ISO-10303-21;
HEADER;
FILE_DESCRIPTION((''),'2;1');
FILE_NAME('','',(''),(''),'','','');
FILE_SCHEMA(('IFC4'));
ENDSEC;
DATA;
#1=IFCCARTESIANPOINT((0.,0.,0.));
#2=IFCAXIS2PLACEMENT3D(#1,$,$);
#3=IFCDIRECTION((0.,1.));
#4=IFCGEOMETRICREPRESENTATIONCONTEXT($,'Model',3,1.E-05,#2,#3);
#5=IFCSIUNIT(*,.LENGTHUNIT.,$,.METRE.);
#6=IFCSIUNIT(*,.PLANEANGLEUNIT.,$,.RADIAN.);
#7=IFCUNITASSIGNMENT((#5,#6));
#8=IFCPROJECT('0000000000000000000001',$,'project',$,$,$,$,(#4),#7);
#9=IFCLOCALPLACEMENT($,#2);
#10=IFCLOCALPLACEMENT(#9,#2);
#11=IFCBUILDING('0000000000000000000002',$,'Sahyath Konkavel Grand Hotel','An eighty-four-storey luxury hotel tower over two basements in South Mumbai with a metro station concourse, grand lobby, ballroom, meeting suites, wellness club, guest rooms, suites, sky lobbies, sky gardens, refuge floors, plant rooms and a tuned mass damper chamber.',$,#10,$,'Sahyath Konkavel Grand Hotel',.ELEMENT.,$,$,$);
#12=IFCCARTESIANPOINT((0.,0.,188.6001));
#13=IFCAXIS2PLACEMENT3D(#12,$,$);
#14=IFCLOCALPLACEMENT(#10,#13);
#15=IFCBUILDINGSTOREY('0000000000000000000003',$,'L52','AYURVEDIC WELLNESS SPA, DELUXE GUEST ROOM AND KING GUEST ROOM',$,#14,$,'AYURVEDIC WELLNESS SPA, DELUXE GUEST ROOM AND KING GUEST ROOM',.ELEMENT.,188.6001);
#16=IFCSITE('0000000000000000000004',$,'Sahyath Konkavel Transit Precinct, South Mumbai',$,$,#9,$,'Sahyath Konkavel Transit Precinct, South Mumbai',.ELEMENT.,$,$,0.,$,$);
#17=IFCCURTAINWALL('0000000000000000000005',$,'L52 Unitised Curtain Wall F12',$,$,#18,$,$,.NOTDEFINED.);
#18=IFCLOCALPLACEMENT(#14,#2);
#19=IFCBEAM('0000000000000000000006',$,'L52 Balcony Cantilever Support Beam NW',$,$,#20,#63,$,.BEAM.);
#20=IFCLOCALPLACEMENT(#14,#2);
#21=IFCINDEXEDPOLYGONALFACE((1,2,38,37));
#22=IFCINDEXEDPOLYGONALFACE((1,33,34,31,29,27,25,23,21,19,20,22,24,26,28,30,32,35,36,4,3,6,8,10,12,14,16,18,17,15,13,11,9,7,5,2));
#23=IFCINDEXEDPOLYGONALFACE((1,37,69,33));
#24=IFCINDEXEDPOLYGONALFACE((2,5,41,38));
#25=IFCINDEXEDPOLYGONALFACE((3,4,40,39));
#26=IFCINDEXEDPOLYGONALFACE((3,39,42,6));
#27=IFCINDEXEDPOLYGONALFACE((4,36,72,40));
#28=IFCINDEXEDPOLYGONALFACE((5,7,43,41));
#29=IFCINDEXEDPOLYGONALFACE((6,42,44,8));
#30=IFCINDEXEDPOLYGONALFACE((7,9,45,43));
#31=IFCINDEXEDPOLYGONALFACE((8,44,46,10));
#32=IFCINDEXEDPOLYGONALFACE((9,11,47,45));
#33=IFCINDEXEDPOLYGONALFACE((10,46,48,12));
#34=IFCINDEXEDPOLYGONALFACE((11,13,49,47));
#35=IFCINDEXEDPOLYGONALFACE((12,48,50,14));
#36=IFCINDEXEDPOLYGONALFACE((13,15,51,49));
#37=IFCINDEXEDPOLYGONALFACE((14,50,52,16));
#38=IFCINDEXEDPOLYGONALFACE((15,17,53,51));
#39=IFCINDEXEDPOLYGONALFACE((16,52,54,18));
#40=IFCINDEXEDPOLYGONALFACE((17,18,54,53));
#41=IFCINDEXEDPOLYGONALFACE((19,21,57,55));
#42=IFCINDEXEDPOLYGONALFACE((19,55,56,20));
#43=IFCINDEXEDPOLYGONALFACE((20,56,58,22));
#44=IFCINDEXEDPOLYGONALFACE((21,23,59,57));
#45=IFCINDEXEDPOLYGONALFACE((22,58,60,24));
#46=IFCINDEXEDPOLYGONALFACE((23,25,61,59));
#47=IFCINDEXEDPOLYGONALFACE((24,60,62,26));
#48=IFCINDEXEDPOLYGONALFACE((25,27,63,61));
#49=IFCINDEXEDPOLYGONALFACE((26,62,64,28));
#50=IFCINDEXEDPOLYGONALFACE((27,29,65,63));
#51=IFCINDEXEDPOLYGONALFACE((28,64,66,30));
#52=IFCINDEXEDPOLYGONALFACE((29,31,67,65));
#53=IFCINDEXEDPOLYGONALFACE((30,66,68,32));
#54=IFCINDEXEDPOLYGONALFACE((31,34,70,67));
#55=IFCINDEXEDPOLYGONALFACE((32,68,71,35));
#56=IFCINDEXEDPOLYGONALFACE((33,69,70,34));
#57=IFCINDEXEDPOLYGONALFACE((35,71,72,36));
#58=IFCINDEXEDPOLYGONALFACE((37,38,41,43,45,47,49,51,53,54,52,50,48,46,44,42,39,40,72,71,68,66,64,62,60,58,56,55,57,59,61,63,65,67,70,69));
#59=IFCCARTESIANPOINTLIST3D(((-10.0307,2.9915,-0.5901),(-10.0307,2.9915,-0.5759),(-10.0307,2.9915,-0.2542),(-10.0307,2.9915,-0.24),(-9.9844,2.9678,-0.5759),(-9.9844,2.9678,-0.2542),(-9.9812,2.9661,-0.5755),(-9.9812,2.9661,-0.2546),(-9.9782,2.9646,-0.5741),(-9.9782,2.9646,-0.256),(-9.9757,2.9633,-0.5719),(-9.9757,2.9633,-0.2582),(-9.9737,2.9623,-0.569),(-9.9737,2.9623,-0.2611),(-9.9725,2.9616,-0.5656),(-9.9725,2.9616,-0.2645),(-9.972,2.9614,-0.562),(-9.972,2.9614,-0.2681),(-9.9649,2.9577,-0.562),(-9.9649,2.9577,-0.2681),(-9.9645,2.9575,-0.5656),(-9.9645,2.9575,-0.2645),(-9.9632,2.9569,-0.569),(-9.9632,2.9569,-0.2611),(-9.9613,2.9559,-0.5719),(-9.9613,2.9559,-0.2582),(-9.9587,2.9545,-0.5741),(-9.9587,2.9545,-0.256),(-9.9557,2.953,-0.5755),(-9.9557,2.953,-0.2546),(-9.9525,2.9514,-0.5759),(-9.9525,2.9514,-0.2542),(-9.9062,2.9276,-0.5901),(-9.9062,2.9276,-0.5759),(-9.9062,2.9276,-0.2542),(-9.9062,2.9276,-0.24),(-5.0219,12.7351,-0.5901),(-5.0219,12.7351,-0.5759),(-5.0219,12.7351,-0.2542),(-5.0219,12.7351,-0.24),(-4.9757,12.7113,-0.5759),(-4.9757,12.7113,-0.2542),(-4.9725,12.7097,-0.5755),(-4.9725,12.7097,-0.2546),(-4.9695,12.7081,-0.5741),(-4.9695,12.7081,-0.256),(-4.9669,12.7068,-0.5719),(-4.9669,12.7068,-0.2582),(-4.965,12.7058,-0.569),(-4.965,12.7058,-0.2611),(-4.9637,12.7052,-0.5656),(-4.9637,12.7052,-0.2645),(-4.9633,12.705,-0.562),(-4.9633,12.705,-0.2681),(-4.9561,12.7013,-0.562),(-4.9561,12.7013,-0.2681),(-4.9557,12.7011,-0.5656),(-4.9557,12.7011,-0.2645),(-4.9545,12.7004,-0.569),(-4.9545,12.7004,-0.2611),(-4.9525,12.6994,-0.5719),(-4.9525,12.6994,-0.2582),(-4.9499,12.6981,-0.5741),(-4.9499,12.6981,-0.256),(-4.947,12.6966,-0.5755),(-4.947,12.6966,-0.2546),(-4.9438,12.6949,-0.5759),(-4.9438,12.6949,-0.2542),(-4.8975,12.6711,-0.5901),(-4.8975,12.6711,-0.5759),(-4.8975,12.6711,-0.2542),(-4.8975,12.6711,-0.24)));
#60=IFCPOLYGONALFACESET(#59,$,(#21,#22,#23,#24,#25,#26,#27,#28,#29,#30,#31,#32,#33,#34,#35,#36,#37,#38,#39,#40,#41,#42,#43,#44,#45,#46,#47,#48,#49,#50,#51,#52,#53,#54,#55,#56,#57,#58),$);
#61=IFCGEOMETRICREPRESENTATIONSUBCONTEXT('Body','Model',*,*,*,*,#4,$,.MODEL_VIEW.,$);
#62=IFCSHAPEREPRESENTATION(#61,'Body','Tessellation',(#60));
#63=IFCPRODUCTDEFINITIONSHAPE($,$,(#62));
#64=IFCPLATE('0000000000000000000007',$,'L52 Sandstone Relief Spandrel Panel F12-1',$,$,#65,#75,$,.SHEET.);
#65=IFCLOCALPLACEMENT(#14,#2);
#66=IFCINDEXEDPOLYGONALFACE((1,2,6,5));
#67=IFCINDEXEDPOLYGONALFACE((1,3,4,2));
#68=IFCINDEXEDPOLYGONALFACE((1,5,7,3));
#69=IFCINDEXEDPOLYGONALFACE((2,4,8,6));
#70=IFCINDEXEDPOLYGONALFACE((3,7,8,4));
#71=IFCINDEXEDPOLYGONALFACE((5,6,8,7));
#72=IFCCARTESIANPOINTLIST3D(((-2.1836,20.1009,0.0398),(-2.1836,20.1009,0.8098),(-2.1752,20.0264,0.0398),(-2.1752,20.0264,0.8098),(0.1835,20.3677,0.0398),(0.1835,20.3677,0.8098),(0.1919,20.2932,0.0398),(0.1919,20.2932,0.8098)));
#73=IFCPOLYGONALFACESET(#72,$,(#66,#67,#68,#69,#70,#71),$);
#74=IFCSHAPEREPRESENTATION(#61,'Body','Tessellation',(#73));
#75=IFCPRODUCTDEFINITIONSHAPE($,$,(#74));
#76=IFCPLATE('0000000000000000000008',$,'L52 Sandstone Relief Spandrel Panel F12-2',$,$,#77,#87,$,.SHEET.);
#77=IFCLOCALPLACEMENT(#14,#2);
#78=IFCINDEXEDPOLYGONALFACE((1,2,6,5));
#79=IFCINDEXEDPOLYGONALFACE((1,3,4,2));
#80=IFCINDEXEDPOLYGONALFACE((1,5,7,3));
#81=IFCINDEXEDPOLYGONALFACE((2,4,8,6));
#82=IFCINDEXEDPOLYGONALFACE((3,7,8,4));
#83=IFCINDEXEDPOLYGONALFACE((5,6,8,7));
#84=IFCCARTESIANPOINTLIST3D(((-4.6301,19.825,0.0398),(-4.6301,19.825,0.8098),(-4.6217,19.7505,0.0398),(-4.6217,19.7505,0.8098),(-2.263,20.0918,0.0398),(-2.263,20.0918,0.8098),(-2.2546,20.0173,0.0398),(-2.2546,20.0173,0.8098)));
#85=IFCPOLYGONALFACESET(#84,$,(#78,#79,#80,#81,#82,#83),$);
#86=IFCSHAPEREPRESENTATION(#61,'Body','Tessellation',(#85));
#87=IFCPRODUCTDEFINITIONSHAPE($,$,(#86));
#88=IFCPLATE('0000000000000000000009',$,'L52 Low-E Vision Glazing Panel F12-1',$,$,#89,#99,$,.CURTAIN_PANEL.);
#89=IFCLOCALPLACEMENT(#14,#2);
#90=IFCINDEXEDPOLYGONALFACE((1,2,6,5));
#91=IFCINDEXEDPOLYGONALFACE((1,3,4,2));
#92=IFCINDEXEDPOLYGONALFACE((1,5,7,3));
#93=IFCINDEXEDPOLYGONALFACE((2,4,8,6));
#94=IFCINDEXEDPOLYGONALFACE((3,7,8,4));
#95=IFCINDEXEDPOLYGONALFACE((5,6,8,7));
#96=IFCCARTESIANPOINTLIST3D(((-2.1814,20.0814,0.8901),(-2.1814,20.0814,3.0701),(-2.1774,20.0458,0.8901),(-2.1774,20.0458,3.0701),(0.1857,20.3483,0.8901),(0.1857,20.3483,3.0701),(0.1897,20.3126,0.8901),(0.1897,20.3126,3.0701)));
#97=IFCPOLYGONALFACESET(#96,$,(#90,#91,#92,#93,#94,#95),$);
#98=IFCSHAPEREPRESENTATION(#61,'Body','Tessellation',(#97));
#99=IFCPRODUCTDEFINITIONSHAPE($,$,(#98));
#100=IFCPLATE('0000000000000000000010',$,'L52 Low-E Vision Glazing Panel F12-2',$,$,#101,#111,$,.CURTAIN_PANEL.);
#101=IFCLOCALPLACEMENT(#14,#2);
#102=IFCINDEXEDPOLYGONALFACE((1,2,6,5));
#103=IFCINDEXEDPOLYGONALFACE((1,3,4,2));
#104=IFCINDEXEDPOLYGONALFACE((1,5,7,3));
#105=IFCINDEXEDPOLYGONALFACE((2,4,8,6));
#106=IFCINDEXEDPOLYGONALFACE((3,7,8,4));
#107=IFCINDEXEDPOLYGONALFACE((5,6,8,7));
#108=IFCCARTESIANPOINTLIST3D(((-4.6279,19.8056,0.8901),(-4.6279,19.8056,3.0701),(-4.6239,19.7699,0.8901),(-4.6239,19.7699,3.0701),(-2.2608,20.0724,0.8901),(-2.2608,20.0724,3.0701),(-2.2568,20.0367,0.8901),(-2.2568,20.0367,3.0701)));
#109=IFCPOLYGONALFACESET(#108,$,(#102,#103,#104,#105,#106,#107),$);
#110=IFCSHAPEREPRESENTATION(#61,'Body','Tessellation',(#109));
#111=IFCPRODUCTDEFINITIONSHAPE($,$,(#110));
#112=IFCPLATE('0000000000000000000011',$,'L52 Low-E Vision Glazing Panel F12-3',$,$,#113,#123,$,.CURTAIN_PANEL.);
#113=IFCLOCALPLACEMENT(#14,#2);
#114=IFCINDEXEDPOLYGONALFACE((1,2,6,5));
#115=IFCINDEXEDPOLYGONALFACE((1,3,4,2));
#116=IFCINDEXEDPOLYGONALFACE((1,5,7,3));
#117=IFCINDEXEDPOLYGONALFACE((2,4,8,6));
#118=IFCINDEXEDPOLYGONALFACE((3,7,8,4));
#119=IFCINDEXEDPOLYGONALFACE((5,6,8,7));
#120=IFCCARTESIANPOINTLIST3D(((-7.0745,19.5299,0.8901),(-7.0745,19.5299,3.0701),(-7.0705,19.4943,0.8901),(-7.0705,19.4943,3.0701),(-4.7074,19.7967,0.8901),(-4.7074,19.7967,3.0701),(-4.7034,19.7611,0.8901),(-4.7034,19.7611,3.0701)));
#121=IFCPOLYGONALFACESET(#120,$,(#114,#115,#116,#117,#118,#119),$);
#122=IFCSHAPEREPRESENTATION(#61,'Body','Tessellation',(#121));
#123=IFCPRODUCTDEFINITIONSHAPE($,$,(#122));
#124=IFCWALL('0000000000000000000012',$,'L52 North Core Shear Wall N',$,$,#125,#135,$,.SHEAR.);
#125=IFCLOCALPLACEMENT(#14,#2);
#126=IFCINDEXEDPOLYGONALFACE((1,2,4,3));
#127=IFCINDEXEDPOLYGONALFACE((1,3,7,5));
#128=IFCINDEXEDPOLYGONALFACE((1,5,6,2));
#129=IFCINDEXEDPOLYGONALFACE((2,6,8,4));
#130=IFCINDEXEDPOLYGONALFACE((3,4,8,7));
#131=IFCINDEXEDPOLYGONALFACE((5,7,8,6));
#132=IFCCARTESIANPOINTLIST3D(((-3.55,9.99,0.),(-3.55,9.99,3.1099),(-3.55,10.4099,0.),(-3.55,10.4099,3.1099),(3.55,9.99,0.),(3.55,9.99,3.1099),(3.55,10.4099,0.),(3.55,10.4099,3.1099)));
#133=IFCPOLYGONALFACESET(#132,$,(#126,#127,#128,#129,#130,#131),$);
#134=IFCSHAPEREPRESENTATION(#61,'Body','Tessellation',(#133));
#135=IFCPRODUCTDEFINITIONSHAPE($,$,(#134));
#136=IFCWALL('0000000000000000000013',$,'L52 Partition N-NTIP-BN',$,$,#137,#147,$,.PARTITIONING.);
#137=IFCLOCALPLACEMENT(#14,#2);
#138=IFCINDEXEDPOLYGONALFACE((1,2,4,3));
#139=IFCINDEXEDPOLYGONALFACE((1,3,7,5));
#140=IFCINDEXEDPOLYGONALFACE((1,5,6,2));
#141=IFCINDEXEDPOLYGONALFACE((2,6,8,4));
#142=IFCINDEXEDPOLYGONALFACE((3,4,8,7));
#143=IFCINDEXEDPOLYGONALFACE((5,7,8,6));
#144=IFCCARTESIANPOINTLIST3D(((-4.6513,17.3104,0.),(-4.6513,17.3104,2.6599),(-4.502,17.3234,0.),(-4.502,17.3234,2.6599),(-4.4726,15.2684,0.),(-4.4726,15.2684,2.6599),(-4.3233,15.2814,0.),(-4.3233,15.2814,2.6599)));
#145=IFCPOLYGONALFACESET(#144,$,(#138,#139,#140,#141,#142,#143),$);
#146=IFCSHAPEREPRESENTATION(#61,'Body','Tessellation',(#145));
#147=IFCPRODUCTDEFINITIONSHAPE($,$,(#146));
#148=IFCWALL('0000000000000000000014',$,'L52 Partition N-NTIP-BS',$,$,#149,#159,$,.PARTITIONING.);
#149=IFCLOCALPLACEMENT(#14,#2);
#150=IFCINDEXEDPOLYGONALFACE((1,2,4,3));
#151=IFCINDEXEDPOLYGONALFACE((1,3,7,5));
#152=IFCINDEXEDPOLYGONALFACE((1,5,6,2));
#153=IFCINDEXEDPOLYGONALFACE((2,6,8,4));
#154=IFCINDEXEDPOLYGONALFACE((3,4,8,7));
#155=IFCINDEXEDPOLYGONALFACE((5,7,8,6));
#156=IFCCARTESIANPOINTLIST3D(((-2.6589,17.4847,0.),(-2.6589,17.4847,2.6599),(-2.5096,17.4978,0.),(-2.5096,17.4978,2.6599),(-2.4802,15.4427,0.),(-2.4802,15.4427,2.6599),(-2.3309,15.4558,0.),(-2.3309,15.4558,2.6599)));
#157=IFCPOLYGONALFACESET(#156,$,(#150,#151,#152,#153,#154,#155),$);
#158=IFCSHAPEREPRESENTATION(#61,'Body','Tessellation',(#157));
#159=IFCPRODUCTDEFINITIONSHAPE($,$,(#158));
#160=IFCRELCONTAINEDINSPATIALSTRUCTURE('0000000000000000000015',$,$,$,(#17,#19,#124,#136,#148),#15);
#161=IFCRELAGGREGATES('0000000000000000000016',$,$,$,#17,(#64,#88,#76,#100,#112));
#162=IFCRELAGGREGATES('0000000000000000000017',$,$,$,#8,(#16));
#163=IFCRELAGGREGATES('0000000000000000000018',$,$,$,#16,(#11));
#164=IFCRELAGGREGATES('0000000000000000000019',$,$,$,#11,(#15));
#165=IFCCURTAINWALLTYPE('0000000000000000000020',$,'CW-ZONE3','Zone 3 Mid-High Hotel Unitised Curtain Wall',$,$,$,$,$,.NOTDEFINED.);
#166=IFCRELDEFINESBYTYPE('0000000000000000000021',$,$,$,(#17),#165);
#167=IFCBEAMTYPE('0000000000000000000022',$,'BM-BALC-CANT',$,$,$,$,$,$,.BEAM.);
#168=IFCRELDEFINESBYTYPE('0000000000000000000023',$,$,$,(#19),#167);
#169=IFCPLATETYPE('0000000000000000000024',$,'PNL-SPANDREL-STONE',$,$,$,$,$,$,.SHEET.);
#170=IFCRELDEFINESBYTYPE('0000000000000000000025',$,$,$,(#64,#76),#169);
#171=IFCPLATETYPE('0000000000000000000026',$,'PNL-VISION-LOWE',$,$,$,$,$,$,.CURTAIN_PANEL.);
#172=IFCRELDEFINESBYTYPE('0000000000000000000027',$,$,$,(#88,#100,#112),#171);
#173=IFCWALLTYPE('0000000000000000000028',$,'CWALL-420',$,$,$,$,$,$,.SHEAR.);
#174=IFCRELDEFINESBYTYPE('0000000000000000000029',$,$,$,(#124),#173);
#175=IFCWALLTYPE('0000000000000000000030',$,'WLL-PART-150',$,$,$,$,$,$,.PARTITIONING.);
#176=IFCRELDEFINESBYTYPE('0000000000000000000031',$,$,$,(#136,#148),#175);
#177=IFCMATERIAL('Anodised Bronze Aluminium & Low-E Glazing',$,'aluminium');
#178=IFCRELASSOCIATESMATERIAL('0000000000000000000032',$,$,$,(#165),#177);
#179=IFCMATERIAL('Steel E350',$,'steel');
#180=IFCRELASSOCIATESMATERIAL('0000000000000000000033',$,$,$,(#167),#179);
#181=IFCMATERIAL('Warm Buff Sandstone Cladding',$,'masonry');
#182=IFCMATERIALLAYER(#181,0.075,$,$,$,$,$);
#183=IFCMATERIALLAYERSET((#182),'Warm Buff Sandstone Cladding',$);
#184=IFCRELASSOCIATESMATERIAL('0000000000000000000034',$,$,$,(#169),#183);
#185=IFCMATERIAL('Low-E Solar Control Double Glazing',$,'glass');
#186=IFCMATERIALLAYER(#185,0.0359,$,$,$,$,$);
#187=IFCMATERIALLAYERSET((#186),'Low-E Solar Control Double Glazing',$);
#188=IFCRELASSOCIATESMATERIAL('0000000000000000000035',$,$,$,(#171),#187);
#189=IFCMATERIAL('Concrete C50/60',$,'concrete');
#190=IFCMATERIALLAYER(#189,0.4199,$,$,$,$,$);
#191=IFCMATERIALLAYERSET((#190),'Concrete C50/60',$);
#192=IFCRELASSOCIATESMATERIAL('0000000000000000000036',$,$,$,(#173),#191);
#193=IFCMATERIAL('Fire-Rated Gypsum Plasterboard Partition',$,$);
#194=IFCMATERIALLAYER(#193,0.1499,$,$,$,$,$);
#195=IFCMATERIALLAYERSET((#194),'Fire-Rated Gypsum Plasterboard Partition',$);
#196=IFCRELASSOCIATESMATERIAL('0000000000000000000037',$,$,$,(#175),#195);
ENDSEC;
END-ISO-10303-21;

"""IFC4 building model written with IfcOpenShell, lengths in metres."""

from ifc_helpers import new_model, si_unit, direction, frame, frame_2d, origin, origin_2d, place, context, subcontext, project, spatial, rectangle, i_section, extrude, source, transform, mapped, material, layer, layer_set, material_profile, profile_set, type_object, element, aggregate, save


model = new_model("IFC4")

# Units and contexts
model_context = context("Model", 3, precision=1e-05, world=origin(), true_north=direction((0.0, 1.0)))
body_context = subcontext(model_context, "Body", "Model", "MODEL_VIEW")
ifc_project = project(units=[si_unit("LENGTHUNIT", "METRE"), si_unit("PLANEANGLEUNIT", "RADIAN")], contexts=[model_context])

# Site, building, storey
site_placement = place(None, origin())
site = spatial("IfcSite", under=ifc_project, at=site_placement, Name="Sahyath Konkavel Transit Precinct, South Mumbai", LongName="Sahyath Konkavel Transit Precinct, South Mumbai", CompositionType="ELEMENT", RefElevation=0.0)
building_placement = place(site_placement, origin())
building = spatial("IfcBuilding", under=site, at=building_placement, Name="Sahyath Konkavel Grand Hotel", Description="An eighty-four-storey luxury hotel tower over two basements in South Mumbai with a metro station concourse, grand lobby, ballroom, meeting suites, wellness club, guest rooms, suites, sky lobbies, sky gardens, refuge floors, plant rooms and a tuned mass damper chamber.", LongName="Sahyath Konkavel Grand Hotel", CompositionType="ELEMENT")
storey_placement = place(building_placement, frame((0.0, 0.0, 188.6001)))
storey = spatial("IfcBuildingStorey", under=building, at=storey_placement, Name="L52", Description="AYURVEDIC WELLNESS SPA, DELUXE GUEST ROOM AND KING GUEST ROOM", LongName="AYURVEDIC WELLNESS SPA, DELUXE GUEST ROOM AND KING GUEST ROOM", CompositionType="ELEMENT", Elevation=188.6001)

# Shared definitions
ifc_material_1 = material(Name="Concrete C50/60", Category="concrete")

# Shared definitions
ifc_material_2 = material(Name="Steel E350", Category="steel")

# Curtain wall
ifc_material_3 = material(Name="Anodised Bronze Aluminium & Low-E Glazing", Category="aluminium")
curtain_wall_type = type_object("IfcCurtainWallType", Name="CW-ZONE3", Description="Zone 3 Mid-High Hotel Unitised Curtain Wall", PredefinedType="NOTDEFINED", material=ifc_material_3)
curtain_wall_placement = place(storey_placement, origin())
curtain_wall = element("IfcCurtainWall", 1, at=curtain_wall_placement, inside=storey, type_object=curtain_wall_type, Name="L52 Unitised Curtain Wall F12", PredefinedType="NOTDEFINED")

# Beam
ifc_material_profile_1 = material_profile(ifc_material_2, i_section(OverallWidth=0.1399, OverallDepth=0.3501, WebThickness=0.0081, FlangeThickness=0.0142, FilletRadius=0.0139, at=origin_2d()), Name="ISMB 350")
ifc_profile_set_1 = profile_set([ifc_material_profile_1], Name="Steel E350")
beam_type_1 = type_object("IfcBeamType", Name="BM-BALC-CANT", PredefinedType="BEAM", material=ifc_profile_set_1)
shared_shape_1 = source(origin(), body_context, "Body", "SweptSolid", [
    extrude(i_section(OverallWidth=0.1399, OverallDepth=0.3501, WebThickness=0.0081, FlangeThickness=0.0142, FilletRadius=0.0139, at=origin_2d()), origin(), (0.0, 0.0, 1.0), 10.9556),
])
beam_1_placement = place(storey_placement, frame((-4.9597, 12.7031, -0.415), z_axis=(-0.457187, -0.889371, 0.0), x_axis=(0.889371, -0.457187, 0.0)))
element("IfcBeam", 2, at=beam_1_placement, inside=storey, type_object=beam_type_1, Name="L52 Balcony Cantilever Support Beam NW", PredefinedType="BEAM", context=body_context, shape_type="MappedRepresentation", body=[
    mapped(shared_shape_1, transform((0.0, 0.0, 0.0), scale=1.0)),
])

# Plates
ifc_material_4 = material(Name="Warm Buff Sandstone Cladding", Category="masonry")
ifc_layer_1 = layer(ifc_material_4, 0.075)
ifc_layer_set_1 = layer_set([ifc_layer_1], Name="Warm Buff Sandstone Cladding")
plate_type_1 = type_object("IfcPlateType", Name="PNL-SPANDREL-STONE", PredefinedType="SHEET", material=ifc_layer_set_1)
shared_shape_2 = source(origin(), body_context, "Body", "SweptSolid", [
    extrude(rectangle(XDim=2.3821, YDim=0.075, at=origin_2d()), origin(), (0.0, 0.0, 1.0), 0.77),
])
plate_1_placement = place(storey_placement, frame((-0.9958, 20.197, 0.0398), z_axis=(0.0, 0.0, 1.0), x_axis=(-0.993707, -0.112007, 0.0)))
plate_1 = element("IfcPlate", 3, at=plate_1_placement, type_object=plate_type_1, Name="L52 Sandstone Relief Spandrel Panel F12-1", PredefinedType="SHEET", context=body_context, shape_type="MappedRepresentation", body=[
    mapped(shared_shape_2, transform((0.0, 0.0, 0.0), scale=1.0)),
])
plate_2_placement = place(storey_placement, frame((-3.4424, 19.9211, 0.0398), z_axis=(0.0, 0.0, 1.0), x_axis=(-0.993707, -0.112007, 0.0)))
plate_2 = element("IfcPlate", 4, at=plate_2_placement, type_object=plate_type_1, Name="L52 Sandstone Relief Spandrel Panel F12-2", PredefinedType="SHEET", context=body_context, shape_type="MappedRepresentation", body=[
    mapped(shared_shape_2, transform((0.0, 0.0, 0.0), scale=1.0)),
])
ifc_material_5 = material(Name="Low-E Solar Control Double Glazing", Category="glass")
ifc_layer_2 = layer(ifc_material_5, 0.0359)
ifc_layer_set_2 = layer_set([ifc_layer_2], Name="Low-E Solar Control Double Glazing")
plate_type_2 = type_object("IfcPlateType", Name="PNL-VISION-LOWE", PredefinedType="CURTAIN_PANEL", material=ifc_layer_set_2)
shared_shape_3 = source(origin(), body_context, "Body", "SweptSolid", [
    extrude(rectangle(XDim=2.3821, YDim=0.0359, at=origin_2d()), origin(), (0.0, 0.0, 1.0), 2.1799),
])
plate_3_placement = place(storey_placement, frame((-0.9958, 20.197, 0.8901), z_axis=(0.0, 0.0, 1.0), x_axis=(-0.993707, -0.112007, 0.0)))
plate_3 = element("IfcPlate", 5, at=plate_3_placement, type_object=plate_type_2, Name="L52 Low-E Vision Glazing Panel F12-1", PredefinedType="CURTAIN_PANEL", context=body_context, shape_type="MappedRepresentation", body=[
    mapped(shared_shape_3, transform((0.0, 0.0, 0.0), scale=1.0)),
])
plate_4_placement = place(storey_placement, frame((-3.4424, 19.9211, 0.8901), z_axis=(0.0, 0.0, 1.0), x_axis=(-0.993707, -0.112007, 0.0)))
plate_4 = element("IfcPlate", 6, at=plate_4_placement, type_object=plate_type_2, Name="L52 Low-E Vision Glazing Panel F12-2", PredefinedType="CURTAIN_PANEL", context=body_context, shape_type="MappedRepresentation", body=[
    mapped(shared_shape_3, transform((0.0, 0.0, 0.0), scale=1.0)),
])
plate_5_placement = place(storey_placement, frame((-5.8889, 19.6455, 0.8901), z_axis=(0.0, 0.0, 1.0), x_axis=(-0.993707, -0.112007, 0.0)))
plate_5 = element("IfcPlate", 7, at=plate_5_placement, type_object=plate_type_2, Name="L52 Low-E Vision Glazing Panel F12-3", PredefinedType="CURTAIN_PANEL", context=body_context, shape_type="MappedRepresentation", body=[
    mapped(shared_shape_3, transform((0.0, 0.0, 0.0), scale=1.0)),
])
aggregate(curtain_wall, [plate_1, plate_3, plate_2, plate_4, plate_5])

# Walls
ifc_layer_3 = layer(ifc_material_1, 0.4199)
ifc_layer_set_3 = layer_set([ifc_layer_3], Name="Concrete C50/60")
wall_type_1 = type_object("IfcWallType", Name="CWALL-420", PredefinedType="SHEAR", material=ifc_layer_set_3)
wall_1_placement = place(storey_placement, frame((-3.55, 10.2, 0.0), z_axis=(0.0, 0.0, 1.0), x_axis=(1.0, 0.0, 0.0)))
element("IfcWall", 8, at=wall_1_placement, inside=storey, type_object=wall_type_1, Name="L52 North Core Shear Wall N", PredefinedType="SHEAR", context=body_context, shape_type="SweptSolid", body=[
    extrude(rectangle(XDim=7.1001, YDim=0.4199, at=frame_2d((3.55, 0.0))), origin(), (0.0, 0.0, 1.0), 3.1099),
])
ifc_material_6 = material(Name="Fire-Rated Gypsum Plasterboard Partition")
ifc_layer_4 = layer(ifc_material_6, 0.1499)
ifc_layer_set_4 = layer_set([ifc_layer_4], Name="Fire-Rated Gypsum Plasterboard Partition")
wall_type_2 = type_object("IfcWallType", Name="WLL-PART-150", PredefinedType="PARTITIONING", material=ifc_layer_set_4)
for number, where, z_axis, x_axis, name in (
    (9, (-4.3979, 15.2749, 0.0), (0.0, 0.0, 1.0), (-0.087185, 0.996192, 0.0), "L52 Partition N-NTIP-BN"),
    (10, (-2.4055, 15.4492, 0.0), (0.0, 0.0, 1.0), (-0.087185, 0.996192, 0.0), "L52 Partition N-NTIP-BS"),
):
    element("IfcWall", number, at=place(storey_placement, frame(where, z_axis=z_axis, x_axis=x_axis)), inside=storey, type_object=wall_type_2, Name=name, PredefinedType="PARTITIONING", context=body_context, shape_type="SweptSolid", body=[
        extrude(rectangle(XDim=2.0498, YDim=0.1499, at=frame_2d((1.0249, 0.0))), origin(), (0.0, 0.0, 1.0), 2.6599),
    ])

save(model, "model.ifc")
